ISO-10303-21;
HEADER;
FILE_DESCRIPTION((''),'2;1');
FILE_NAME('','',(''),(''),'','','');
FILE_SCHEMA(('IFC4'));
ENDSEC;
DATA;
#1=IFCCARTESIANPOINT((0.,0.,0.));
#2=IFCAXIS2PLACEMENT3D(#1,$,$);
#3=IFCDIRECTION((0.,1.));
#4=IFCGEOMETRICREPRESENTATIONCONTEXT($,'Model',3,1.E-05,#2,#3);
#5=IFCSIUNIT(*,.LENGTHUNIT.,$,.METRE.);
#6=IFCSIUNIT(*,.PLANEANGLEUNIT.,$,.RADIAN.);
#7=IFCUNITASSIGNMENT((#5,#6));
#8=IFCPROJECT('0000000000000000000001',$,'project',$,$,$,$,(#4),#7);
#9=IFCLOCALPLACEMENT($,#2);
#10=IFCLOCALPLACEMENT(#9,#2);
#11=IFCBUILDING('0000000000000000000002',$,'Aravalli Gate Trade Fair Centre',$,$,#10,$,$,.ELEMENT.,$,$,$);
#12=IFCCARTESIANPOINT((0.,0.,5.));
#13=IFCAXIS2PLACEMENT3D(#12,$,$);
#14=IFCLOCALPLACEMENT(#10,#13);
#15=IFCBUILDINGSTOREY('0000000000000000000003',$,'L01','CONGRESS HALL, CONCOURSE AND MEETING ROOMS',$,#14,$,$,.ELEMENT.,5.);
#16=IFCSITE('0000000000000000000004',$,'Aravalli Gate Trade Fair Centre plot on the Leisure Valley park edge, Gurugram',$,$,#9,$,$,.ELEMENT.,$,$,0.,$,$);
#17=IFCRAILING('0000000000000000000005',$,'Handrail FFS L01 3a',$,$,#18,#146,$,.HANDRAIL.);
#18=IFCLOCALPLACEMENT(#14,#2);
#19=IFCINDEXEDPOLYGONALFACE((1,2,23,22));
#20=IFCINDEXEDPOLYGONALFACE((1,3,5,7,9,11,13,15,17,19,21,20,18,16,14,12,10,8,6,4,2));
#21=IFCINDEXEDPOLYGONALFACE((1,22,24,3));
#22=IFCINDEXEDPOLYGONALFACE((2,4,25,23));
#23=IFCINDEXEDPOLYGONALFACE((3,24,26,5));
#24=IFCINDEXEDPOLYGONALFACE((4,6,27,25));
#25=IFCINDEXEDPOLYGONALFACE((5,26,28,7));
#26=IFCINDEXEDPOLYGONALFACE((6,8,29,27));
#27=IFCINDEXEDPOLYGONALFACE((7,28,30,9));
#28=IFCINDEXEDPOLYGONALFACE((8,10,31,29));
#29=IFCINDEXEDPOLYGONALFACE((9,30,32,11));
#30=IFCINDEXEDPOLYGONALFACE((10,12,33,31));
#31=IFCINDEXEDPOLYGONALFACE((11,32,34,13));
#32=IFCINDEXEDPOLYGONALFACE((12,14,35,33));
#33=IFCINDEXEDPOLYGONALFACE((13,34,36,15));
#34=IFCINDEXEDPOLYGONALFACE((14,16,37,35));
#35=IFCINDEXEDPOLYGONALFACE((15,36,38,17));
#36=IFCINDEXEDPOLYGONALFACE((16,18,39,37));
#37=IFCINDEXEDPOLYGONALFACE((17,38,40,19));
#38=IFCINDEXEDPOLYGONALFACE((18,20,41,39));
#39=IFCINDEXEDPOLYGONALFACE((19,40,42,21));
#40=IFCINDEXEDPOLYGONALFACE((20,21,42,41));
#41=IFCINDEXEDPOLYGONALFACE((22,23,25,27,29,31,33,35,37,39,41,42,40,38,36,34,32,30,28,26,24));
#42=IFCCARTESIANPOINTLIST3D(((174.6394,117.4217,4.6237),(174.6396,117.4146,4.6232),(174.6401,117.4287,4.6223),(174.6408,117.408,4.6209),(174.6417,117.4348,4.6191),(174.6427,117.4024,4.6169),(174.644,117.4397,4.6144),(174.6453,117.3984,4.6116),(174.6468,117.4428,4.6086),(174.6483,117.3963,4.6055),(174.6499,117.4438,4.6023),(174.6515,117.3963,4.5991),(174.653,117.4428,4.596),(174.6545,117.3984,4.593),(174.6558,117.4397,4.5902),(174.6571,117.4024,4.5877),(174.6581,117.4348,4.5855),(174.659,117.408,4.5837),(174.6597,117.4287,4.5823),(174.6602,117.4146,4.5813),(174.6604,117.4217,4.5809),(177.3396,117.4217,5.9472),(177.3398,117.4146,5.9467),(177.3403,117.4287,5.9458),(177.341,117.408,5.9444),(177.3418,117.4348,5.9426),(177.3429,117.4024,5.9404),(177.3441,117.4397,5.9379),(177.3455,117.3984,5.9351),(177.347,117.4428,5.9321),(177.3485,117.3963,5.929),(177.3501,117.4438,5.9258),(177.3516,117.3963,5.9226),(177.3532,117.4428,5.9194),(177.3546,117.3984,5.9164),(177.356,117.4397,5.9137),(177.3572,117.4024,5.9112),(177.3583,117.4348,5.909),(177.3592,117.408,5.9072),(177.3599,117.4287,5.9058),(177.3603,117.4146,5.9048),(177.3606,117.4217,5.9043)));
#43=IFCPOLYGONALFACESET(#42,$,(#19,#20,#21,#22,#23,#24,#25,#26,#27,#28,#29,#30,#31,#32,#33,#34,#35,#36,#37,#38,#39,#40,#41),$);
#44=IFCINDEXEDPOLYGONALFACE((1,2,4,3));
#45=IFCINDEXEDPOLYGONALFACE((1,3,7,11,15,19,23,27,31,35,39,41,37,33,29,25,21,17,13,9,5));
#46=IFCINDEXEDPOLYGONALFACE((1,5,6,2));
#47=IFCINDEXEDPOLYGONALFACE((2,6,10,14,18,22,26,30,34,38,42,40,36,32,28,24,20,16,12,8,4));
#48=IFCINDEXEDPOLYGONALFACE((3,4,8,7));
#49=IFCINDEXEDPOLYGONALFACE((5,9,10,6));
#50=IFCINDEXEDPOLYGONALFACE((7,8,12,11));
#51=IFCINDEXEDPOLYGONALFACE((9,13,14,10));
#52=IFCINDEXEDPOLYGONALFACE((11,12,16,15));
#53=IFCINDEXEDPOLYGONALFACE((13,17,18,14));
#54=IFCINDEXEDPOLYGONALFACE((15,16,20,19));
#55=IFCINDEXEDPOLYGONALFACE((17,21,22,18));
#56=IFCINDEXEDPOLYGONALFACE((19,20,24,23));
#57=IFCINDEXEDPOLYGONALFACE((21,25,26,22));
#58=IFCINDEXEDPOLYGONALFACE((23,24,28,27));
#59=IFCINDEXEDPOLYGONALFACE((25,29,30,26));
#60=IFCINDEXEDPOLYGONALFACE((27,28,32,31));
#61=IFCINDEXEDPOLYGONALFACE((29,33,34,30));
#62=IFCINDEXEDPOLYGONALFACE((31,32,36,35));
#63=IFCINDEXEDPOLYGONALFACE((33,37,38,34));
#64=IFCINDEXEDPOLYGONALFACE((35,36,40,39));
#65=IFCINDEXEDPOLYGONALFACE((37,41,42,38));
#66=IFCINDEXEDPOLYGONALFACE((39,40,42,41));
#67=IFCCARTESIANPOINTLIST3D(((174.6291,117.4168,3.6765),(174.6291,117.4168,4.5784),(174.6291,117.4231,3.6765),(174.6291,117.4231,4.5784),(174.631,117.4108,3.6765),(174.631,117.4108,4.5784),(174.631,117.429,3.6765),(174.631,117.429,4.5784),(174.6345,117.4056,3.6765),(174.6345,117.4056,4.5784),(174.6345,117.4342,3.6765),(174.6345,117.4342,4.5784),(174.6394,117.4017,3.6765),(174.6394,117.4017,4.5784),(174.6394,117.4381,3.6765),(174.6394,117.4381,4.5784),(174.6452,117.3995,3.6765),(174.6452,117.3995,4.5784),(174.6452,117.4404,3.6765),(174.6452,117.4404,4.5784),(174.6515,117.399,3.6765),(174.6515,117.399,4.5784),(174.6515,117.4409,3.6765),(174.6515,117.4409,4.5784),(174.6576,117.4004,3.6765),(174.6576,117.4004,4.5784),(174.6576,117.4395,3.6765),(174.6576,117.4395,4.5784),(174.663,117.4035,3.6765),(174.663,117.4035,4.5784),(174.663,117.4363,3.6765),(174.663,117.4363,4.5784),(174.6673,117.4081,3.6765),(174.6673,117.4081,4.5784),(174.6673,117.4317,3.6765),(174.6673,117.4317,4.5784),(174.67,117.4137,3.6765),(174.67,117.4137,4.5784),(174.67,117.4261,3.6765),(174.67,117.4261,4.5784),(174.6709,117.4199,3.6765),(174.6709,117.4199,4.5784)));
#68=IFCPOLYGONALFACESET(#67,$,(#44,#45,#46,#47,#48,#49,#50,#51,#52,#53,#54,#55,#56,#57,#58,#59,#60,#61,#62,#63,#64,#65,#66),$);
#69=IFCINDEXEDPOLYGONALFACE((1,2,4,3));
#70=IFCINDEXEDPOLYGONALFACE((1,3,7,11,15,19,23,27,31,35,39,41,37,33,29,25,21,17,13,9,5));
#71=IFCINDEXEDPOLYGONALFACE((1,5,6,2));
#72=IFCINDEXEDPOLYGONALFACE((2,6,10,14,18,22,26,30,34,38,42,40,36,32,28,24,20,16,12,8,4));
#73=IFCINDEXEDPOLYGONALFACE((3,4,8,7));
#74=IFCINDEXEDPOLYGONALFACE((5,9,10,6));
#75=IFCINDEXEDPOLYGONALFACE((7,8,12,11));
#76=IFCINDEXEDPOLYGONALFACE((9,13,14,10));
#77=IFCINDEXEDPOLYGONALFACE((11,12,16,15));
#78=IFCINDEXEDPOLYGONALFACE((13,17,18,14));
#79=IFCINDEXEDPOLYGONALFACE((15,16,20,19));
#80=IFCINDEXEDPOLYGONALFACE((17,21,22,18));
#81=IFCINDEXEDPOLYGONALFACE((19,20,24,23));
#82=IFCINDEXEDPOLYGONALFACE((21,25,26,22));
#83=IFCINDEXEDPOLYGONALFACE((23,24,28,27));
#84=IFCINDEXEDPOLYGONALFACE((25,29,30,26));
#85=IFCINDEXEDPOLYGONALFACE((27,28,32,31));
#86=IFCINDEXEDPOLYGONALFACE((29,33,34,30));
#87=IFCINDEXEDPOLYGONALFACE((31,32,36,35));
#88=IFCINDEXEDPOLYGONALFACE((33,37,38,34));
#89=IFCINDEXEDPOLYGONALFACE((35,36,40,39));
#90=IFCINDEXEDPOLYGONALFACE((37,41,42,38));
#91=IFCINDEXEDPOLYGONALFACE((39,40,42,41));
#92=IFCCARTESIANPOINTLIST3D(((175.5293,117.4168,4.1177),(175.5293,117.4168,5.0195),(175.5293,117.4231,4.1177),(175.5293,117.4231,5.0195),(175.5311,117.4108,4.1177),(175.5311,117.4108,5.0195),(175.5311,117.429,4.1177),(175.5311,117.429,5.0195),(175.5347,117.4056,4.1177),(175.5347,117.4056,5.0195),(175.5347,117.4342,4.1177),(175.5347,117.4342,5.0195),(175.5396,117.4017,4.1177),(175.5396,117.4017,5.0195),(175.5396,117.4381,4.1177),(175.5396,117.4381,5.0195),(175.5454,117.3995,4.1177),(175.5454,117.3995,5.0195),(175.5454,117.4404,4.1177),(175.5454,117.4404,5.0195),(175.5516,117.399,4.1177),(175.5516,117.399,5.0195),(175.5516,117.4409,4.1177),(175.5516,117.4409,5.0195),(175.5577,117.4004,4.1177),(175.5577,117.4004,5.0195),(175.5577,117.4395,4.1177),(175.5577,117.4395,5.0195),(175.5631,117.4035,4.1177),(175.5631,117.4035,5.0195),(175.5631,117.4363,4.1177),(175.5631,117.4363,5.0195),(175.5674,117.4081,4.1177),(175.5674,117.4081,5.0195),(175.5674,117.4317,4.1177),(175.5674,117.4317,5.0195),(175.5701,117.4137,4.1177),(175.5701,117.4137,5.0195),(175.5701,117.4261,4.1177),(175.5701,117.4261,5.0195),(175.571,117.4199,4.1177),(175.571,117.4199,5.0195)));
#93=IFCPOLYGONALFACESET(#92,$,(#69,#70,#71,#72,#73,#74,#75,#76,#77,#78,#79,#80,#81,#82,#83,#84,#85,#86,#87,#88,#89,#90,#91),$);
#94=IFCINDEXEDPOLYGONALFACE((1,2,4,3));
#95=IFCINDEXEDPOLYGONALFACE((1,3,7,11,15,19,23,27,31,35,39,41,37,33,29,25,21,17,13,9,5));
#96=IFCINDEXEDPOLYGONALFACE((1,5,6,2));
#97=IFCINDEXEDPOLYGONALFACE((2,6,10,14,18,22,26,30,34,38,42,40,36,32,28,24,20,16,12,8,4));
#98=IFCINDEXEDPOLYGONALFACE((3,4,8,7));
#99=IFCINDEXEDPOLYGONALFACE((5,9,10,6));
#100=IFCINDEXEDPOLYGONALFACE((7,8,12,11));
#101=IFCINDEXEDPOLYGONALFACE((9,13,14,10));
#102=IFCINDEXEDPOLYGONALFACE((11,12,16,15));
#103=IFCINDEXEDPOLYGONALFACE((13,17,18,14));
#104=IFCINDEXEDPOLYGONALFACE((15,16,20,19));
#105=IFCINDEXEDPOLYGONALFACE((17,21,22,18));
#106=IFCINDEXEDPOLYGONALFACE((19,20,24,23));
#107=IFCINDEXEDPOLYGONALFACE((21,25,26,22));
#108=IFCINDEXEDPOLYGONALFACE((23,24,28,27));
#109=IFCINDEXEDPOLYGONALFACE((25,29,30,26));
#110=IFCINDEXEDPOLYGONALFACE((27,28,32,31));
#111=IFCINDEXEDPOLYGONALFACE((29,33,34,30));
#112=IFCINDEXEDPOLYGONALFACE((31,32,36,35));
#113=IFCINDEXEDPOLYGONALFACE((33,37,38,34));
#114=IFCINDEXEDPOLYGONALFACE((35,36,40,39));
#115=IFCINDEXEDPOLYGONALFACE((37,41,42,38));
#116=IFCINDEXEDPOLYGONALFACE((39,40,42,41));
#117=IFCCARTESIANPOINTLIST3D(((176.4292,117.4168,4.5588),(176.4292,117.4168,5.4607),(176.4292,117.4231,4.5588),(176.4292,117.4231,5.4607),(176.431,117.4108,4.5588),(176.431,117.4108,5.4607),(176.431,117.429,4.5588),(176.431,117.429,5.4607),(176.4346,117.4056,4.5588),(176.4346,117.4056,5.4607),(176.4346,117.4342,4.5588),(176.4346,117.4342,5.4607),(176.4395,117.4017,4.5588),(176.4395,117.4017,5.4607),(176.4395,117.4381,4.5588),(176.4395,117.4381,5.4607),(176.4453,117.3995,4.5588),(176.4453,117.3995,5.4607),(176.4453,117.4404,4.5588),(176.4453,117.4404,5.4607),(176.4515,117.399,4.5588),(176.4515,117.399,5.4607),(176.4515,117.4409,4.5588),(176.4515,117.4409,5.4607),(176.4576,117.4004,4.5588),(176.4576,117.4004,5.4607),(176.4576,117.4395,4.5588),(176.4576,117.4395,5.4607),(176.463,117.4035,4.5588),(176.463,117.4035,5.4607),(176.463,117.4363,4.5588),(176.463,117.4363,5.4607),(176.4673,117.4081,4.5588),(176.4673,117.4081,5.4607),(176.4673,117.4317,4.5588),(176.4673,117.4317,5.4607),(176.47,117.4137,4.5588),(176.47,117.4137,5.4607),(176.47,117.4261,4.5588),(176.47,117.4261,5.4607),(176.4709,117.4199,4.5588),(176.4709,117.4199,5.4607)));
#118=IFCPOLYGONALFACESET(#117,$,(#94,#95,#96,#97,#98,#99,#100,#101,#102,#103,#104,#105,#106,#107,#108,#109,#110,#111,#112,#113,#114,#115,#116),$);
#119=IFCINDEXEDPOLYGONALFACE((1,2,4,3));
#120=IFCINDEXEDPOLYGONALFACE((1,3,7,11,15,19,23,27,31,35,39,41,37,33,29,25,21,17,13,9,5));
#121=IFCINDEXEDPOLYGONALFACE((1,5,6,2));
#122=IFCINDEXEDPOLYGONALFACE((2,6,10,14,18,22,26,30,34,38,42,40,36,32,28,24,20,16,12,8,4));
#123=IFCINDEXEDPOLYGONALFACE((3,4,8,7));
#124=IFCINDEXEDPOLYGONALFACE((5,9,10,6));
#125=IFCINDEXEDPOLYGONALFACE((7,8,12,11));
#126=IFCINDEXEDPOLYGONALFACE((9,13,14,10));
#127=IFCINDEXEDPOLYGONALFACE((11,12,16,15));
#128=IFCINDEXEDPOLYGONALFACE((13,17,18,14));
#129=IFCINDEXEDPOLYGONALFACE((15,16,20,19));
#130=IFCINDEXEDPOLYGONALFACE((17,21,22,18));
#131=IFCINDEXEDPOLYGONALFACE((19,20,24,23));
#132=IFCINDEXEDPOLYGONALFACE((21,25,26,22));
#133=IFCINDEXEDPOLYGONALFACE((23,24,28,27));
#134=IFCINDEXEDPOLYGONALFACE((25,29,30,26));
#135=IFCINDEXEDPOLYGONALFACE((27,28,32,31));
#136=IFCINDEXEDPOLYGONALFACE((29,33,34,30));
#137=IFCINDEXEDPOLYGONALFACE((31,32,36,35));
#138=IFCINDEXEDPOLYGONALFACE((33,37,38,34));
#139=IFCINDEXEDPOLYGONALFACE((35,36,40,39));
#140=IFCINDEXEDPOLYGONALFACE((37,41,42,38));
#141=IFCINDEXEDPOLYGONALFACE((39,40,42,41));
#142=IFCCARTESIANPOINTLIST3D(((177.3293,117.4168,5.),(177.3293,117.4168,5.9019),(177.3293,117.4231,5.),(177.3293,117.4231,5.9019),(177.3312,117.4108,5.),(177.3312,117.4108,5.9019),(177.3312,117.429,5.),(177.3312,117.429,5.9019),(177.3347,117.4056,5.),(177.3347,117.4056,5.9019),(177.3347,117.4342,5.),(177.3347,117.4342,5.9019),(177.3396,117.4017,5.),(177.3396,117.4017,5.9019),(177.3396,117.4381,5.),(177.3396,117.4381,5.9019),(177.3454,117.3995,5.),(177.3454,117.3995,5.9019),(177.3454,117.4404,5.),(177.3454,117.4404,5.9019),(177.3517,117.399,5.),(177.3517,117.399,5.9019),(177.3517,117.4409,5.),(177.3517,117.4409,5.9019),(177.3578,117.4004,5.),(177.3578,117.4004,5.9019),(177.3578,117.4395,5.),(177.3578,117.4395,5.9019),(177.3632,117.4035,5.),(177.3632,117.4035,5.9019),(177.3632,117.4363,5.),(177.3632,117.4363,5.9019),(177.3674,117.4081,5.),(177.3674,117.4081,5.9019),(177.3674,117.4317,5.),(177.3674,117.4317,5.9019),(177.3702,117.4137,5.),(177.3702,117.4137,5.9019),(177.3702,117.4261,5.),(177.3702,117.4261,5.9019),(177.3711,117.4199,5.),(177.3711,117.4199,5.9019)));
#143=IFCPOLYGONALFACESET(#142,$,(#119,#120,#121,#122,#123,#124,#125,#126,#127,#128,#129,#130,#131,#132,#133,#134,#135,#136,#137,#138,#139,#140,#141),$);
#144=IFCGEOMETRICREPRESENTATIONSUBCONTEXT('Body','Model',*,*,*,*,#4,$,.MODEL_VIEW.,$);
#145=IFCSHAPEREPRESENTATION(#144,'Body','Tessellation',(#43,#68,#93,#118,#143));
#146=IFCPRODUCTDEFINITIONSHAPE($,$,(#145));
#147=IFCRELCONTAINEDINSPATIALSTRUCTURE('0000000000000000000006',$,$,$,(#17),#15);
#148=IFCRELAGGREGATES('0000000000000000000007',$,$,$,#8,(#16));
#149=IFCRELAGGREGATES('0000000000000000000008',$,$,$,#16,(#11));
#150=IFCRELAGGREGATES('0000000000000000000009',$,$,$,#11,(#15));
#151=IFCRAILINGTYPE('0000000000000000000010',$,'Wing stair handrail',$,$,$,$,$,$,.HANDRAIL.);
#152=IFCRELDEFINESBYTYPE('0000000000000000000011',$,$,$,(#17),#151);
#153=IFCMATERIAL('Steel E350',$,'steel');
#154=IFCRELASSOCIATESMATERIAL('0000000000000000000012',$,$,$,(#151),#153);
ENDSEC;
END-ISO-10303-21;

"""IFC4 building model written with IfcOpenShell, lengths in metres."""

from ifc_helpers import new_model, si_unit, direction, frame, origin, origin_2d, place, context, subcontext, project, spatial, circle, extrude, material, type_object, element, save


model = new_model("IFC4")

# Units and contexts
model_context = context("Model", 3, precision=1e-05, world=origin(), true_north=direction((0.0, 1.0)))
body_context = subcontext(model_context, "Body", "Model", "MODEL_VIEW")
ifc_project = project(units=[si_unit("LENGTHUNIT", "METRE"), si_unit("PLANEANGLEUNIT", "RADIAN")], contexts=[model_context])

# Site, building, storey
site_placement = place(None, origin())
site = spatial("IfcSite", under=ifc_project, at=site_placement, Name="Aravalli Gate Trade Fair Centre plot on the Leisure Valley park edge, Gurugram", CompositionType="ELEMENT", RefElevation=0.0)
building_placement = place(site_placement, origin())
building = spatial("IfcBuilding", under=site, at=building_placement, Name="Aravalli Gate Trade Fair Centre", CompositionType="ELEMENT")
storey_placement = place(building_placement, frame((0.0, 0.0, 5.0)))
storey = spatial("IfcBuildingStorey", under=building, at=storey_placement, Name="L01", Description="CONGRESS HALL, CONCOURSE AND MEETING ROOMS", CompositionType="ELEMENT", Elevation=5.0)

# Shared definitions
ifc_material_1 = material(Name="Steel E350", Category="steel")

# Railing
railing_type_1 = type_object("IfcRailingType", Name="Wing stair handrail", PredefinedType="HANDRAIL", material=ifc_material_1)
for number, where, name in (
    (1, (174.6499, 117.4199, 3.6765), "Handrail FFS L01 3a"),
):
    element("IfcRailing", number, at=place(storey_placement, frame(where)), inside=storey, type_object=railing_type_1, Name=name, PredefinedType="HANDRAIL", context=body_context, shape_type="SweptSolid", body=[
        extrude(circle(Radius=0.0239, at=origin_2d()), frame((0.0, 0.0, 0.9258), z_axis=(0.897939, 0.0, 0.44012), x_axis=(0.0, 1.0, 0.0)), (0.0, 0.0, 1.0), 3.0071),
        extrude(circle(Radius=0.021, at=origin_2d()), origin(), (0.0, 0.0, 1.0), 0.9019),
        extrude(circle(Radius=0.021, at=origin_2d()), frame((0.9001, 0.0, 0.4412)), (0.0, 0.0, 1.0), 0.9019),
        extrude(circle(Radius=0.021, at=origin_2d()), frame((1.8, 0.0, 0.8823)), (0.0, 0.0, 1.0), 0.9019),
        extrude(circle(Radius=0.021, at=origin_2d()), frame((2.7002, 0.0, 1.3235)), (0.0, 0.0, 1.0), 0.9019),
    ])

save(model, "model.ifc")
